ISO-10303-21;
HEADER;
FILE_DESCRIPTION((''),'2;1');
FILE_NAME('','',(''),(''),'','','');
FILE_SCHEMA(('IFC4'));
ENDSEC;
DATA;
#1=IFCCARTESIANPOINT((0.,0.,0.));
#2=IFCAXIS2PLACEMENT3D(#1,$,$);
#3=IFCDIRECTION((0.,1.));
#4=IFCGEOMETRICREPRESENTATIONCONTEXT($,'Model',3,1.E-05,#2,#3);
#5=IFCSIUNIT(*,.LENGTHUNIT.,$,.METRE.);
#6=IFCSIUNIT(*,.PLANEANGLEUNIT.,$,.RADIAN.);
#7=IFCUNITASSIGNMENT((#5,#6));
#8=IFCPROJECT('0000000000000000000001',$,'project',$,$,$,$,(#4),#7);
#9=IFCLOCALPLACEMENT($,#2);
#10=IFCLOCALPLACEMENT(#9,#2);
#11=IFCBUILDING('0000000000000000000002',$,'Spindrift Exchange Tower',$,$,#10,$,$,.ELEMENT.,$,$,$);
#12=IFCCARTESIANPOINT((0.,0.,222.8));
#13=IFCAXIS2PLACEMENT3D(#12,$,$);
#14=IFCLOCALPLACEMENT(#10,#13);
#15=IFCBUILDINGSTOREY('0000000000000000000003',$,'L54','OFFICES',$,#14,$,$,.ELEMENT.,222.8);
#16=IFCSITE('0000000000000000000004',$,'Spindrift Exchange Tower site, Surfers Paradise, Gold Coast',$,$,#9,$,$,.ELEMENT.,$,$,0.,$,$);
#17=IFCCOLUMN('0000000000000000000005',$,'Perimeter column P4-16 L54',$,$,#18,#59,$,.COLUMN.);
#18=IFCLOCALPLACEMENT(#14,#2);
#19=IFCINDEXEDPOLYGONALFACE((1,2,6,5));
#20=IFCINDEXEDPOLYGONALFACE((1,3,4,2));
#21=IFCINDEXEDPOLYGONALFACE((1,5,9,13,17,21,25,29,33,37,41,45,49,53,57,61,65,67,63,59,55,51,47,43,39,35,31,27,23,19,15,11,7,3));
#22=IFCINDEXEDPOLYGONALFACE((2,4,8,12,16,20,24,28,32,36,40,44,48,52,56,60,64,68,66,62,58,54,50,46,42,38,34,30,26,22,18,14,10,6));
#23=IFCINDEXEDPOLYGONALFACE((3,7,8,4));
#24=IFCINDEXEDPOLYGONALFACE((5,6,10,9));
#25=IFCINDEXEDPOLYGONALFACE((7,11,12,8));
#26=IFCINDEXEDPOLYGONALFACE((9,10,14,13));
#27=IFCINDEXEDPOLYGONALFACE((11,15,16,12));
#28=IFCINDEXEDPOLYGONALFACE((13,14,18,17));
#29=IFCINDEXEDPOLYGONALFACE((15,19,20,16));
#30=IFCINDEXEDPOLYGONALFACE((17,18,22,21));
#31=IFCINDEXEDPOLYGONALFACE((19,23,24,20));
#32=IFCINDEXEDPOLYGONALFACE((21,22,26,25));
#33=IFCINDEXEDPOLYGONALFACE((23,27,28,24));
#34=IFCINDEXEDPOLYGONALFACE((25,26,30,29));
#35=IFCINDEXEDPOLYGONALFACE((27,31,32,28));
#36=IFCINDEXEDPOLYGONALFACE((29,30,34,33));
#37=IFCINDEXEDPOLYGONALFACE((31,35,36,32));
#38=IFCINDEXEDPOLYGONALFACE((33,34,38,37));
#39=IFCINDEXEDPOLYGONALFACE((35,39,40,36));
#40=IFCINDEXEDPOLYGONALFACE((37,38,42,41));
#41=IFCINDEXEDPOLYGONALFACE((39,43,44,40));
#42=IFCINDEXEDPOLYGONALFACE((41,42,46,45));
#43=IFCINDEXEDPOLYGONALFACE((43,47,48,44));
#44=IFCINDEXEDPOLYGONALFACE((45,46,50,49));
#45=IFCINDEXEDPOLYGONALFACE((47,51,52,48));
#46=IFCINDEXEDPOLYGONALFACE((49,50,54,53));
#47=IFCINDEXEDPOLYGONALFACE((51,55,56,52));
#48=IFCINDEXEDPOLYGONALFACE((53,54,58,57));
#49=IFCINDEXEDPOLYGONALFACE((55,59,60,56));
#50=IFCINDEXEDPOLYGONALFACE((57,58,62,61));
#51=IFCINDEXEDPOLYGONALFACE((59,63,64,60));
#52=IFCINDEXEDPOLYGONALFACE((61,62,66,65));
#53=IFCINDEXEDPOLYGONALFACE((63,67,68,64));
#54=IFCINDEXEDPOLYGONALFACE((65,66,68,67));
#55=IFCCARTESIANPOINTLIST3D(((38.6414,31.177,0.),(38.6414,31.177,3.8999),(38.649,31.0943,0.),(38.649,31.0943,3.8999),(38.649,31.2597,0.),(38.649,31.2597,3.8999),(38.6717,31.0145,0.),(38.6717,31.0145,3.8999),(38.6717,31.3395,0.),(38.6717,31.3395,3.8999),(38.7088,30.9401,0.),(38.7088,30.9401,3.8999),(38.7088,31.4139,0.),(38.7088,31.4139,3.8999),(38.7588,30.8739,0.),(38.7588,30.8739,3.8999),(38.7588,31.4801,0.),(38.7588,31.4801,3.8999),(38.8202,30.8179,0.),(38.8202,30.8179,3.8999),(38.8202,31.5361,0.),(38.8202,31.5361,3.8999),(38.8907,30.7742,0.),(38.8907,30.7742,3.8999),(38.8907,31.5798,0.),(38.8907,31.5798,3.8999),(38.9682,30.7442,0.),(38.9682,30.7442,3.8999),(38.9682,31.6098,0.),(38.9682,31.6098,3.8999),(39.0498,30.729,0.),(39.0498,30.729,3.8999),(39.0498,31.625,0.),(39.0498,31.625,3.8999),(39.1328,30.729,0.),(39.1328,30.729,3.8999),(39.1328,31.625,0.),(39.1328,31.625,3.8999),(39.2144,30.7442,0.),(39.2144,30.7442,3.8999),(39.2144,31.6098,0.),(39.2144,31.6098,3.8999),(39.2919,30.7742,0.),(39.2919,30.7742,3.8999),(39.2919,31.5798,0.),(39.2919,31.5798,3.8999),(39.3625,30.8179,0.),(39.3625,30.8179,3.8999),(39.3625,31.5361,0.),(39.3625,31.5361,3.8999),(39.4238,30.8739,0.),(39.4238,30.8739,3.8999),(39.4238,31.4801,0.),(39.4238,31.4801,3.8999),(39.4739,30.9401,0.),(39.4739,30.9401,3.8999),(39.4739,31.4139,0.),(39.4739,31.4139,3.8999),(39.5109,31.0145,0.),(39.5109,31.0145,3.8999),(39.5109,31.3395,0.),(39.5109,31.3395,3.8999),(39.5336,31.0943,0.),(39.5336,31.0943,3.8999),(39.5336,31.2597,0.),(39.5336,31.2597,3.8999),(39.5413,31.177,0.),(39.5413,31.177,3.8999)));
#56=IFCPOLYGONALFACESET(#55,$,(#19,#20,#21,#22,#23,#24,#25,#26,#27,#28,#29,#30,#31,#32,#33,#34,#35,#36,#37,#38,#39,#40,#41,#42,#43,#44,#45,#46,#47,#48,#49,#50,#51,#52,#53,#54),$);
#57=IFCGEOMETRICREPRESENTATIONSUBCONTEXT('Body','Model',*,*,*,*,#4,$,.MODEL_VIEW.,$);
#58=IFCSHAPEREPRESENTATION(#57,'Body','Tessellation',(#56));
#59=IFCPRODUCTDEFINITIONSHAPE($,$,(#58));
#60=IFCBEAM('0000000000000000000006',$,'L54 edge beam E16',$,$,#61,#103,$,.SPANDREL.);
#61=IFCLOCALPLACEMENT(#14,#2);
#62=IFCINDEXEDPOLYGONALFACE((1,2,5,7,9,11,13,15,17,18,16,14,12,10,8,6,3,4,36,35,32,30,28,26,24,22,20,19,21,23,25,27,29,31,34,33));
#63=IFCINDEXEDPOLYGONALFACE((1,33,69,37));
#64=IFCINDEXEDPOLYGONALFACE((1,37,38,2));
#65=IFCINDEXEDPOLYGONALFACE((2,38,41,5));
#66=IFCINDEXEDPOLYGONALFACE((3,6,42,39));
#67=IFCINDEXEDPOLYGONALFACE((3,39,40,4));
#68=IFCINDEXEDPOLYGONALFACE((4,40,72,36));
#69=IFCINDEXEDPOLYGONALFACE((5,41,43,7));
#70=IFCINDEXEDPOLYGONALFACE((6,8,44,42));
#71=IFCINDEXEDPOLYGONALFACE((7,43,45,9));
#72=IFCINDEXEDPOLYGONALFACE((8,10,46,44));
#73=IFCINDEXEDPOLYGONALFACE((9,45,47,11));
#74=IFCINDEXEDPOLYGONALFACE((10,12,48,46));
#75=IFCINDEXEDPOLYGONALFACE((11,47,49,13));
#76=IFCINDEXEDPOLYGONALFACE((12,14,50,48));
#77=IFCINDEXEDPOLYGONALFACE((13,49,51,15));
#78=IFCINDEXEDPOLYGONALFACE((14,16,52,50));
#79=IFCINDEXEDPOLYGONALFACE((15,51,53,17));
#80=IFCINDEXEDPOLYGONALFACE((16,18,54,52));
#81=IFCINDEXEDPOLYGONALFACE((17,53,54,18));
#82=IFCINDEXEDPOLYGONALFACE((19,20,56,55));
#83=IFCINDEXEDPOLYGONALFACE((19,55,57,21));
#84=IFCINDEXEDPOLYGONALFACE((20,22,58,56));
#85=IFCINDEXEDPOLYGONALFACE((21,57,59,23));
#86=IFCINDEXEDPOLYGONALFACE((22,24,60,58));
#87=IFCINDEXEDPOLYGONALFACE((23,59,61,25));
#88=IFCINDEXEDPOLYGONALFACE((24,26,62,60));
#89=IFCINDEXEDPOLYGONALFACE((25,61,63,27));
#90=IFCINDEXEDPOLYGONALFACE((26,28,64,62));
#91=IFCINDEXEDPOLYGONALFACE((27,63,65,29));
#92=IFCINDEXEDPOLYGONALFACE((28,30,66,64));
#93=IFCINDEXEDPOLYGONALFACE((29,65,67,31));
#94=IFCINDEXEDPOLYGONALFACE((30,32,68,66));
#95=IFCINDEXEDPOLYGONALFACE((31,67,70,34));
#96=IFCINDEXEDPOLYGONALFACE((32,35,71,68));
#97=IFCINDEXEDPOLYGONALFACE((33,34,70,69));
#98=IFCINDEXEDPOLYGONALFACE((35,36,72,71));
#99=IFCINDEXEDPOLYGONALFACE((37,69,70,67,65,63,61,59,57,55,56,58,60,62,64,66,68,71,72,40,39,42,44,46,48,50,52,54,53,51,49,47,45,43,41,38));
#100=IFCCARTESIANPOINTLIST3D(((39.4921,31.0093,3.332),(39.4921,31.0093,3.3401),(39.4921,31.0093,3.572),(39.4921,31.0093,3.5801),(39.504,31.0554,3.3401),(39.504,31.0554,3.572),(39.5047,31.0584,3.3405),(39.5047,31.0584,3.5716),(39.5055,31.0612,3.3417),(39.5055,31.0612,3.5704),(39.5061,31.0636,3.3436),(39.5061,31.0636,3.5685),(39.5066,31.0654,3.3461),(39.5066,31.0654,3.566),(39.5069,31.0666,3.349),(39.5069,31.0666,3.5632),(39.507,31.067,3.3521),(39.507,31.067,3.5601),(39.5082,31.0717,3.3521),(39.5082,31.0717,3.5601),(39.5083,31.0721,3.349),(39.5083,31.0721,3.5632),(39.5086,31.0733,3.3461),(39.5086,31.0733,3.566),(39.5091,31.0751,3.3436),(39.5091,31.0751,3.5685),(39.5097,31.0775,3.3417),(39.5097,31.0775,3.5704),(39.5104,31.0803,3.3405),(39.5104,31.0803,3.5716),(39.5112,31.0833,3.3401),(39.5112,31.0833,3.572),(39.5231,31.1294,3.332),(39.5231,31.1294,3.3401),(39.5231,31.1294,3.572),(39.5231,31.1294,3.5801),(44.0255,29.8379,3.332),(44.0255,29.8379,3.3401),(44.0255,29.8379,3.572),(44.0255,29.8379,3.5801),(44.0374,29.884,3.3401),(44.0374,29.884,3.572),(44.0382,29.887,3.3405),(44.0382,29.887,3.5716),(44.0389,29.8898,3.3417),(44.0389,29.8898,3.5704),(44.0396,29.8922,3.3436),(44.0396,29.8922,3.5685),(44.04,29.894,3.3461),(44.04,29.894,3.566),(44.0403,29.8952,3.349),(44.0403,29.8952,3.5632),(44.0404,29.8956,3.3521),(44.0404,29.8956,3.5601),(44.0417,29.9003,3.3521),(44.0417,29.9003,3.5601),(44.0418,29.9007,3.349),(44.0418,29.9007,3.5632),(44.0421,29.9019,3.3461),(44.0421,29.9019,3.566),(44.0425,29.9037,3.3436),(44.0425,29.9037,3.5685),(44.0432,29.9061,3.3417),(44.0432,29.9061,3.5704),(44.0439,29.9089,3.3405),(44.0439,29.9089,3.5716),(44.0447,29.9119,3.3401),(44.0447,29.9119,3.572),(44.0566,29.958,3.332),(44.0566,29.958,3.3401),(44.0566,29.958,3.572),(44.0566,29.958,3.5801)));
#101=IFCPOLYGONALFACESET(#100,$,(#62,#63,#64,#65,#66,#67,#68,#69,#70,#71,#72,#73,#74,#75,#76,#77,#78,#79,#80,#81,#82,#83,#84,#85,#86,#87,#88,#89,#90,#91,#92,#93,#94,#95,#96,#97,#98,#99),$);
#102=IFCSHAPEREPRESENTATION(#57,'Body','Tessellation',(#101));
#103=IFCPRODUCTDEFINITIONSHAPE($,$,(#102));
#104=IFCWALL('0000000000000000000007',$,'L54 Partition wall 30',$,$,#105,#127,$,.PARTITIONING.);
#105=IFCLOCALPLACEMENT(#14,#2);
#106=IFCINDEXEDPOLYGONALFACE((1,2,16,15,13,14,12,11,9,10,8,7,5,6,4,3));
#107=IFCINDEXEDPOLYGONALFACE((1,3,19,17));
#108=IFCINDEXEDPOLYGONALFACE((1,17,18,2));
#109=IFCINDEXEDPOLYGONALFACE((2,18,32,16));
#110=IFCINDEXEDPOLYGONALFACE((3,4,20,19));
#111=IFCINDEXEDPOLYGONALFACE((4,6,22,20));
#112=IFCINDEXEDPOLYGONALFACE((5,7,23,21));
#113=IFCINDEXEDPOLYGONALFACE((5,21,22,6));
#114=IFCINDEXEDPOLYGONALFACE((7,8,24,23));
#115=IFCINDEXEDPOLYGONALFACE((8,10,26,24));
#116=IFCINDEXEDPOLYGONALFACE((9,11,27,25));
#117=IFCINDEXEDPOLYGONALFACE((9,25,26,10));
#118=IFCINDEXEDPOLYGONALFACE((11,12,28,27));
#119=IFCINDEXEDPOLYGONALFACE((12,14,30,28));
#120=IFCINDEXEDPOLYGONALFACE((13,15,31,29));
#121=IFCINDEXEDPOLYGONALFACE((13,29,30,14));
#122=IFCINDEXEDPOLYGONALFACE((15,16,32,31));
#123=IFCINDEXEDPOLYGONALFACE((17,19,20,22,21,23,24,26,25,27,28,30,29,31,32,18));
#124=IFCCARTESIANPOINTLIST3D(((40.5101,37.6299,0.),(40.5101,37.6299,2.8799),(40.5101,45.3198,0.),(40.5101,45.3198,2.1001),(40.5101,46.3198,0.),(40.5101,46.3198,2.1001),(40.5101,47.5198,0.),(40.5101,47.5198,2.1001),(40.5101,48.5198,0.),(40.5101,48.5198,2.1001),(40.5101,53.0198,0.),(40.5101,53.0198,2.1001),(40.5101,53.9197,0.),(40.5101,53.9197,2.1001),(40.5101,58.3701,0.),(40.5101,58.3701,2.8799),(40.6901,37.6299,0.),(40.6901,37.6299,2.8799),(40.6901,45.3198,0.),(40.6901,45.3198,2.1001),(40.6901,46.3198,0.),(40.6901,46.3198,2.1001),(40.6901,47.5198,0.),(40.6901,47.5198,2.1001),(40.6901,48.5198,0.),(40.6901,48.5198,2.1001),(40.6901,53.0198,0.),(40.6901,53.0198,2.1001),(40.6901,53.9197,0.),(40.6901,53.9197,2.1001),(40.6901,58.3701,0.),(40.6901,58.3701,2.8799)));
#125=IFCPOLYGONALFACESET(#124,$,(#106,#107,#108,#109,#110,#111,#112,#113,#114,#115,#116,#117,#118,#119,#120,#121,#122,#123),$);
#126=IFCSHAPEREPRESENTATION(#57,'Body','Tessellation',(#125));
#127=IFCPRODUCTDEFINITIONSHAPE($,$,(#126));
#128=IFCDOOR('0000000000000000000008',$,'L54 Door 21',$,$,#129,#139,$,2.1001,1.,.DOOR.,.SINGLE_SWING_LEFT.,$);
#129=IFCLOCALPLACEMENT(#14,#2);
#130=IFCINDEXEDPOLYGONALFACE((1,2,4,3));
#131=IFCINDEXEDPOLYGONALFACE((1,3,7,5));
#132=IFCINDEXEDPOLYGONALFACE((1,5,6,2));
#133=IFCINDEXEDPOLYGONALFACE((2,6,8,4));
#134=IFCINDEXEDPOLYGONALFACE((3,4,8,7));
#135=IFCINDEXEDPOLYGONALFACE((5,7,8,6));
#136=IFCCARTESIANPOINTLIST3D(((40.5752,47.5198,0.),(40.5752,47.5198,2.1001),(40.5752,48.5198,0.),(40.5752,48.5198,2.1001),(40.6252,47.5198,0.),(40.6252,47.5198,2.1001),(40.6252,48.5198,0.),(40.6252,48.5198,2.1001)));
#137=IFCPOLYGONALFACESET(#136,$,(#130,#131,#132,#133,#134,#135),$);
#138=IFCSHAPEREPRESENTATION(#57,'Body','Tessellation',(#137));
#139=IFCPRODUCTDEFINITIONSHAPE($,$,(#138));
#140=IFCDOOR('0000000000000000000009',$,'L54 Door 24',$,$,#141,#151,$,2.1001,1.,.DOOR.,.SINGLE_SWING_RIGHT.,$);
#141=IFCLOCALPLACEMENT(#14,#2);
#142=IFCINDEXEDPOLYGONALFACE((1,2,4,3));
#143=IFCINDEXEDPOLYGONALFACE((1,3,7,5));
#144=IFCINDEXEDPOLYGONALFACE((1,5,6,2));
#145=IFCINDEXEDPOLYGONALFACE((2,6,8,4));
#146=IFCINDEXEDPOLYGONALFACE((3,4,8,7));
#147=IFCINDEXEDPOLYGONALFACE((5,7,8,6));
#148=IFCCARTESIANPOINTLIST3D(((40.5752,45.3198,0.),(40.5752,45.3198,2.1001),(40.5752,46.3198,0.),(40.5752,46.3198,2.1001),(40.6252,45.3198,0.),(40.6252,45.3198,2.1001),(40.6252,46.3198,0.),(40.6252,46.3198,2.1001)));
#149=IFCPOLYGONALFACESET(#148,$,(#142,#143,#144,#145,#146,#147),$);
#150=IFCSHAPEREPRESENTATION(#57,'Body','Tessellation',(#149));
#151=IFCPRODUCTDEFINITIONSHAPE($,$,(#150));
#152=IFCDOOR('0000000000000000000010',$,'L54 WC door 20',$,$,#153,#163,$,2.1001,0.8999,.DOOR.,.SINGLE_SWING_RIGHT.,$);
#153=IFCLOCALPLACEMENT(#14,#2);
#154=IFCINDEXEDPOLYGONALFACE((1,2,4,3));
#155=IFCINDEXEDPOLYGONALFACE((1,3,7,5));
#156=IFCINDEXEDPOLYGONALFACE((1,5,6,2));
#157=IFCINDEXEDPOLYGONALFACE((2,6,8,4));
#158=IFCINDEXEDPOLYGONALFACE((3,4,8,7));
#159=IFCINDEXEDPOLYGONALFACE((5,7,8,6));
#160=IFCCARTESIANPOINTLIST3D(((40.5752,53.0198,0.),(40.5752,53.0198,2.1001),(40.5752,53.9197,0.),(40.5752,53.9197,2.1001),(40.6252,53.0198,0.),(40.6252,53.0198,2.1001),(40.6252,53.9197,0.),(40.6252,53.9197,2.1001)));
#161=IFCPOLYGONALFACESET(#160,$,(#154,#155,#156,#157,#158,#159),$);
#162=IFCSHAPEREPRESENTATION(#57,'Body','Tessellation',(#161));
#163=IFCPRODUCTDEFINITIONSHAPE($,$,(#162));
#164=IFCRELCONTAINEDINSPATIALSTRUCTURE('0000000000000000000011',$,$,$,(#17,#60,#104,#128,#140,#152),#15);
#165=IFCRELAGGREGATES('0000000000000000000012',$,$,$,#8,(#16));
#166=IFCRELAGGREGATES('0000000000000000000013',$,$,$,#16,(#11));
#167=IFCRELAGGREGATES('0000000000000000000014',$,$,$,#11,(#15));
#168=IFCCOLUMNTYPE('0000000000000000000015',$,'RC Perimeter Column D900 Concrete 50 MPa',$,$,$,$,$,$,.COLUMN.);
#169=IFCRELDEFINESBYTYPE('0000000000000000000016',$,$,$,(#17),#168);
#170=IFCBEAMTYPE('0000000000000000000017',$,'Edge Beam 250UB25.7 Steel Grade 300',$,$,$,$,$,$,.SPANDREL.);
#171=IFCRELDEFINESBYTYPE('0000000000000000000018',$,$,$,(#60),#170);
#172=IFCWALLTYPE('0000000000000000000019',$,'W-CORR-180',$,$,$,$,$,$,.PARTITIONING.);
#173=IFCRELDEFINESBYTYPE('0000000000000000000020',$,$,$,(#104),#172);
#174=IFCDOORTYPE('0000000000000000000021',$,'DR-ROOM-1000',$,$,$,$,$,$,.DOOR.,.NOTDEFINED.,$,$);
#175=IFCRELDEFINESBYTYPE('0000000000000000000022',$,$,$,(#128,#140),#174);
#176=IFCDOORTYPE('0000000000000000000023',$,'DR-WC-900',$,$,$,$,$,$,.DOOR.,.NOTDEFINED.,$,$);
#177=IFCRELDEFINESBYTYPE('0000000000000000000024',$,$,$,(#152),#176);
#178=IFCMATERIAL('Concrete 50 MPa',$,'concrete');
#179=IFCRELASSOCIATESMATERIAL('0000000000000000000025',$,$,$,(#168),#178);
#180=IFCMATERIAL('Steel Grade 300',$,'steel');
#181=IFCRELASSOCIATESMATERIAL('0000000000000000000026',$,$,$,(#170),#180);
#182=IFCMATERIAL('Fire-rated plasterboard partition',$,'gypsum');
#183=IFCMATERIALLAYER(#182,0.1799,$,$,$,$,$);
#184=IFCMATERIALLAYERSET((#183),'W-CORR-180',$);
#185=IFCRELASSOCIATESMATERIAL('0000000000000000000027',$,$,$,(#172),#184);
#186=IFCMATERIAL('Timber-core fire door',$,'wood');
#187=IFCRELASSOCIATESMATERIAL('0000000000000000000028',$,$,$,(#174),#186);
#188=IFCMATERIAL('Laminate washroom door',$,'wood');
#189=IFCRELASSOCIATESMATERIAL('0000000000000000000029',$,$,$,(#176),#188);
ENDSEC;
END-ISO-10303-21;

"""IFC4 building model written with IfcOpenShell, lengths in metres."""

from ifc_helpers import new_model, si_unit, direction, frame, frame_2d, origin, origin_2d, place, context, subcontext, project, spatial, rectangle, circle, i_section, extrude, source, transform, mapped, material, layer, layer_set, material_profile, profile_set, type_object, element, fill, save


model = new_model("IFC4")

# Units and contexts
model_context = context("Model", 3, precision=1e-05, world=origin(), true_north=direction((0.0, 1.0)))
body_context = subcontext(model_context, "Body", "Model", "MODEL_VIEW")
ifc_project = project(units=[si_unit("LENGTHUNIT", "METRE"), si_unit("PLANEANGLEUNIT", "RADIAN")], contexts=[model_context])

# Site, building, storey
site_placement = place(None, origin())
site = spatial("IfcSite", under=ifc_project, at=site_placement, Name="Spindrift Exchange Tower site, Surfers Paradise, Gold Coast", CompositionType="ELEMENT", RefElevation=0.0)
building_placement = place(site_placement, origin())
building = spatial("IfcBuilding", under=site, at=building_placement, Name="Spindrift Exchange Tower", CompositionType="ELEMENT")
storey_placement = place(building_placement, frame((0.0, 0.0, 222.8)))
storey = spatial("IfcBuildingStorey", under=building, at=storey_placement, Name="L54", Description="OFFICES", CompositionType="ELEMENT", Elevation=222.8)

# Column
ifc_material_1 = material(Name="Concrete 50 MPa", Category="concrete")
ifc_material_profile_1 = material_profile(ifc_material_1, circle(Radius=0.45, at=origin_2d()), Name="RC D900")
ifc_profile_set_1 = profile_set([ifc_material_profile_1], Name="Concrete 50 MPa")
column_type = type_object("IfcColumnType", Name="RC Perimeter Column D900 Concrete 50 MPa", PredefinedType="COLUMN", material=ifc_profile_set_1)
shared_shape_1 = source(origin(), body_context, "Body", "SweptSolid", [
    extrude(circle(Radius=0.45, at=origin_2d()), origin(), (0.0, 0.0, 1.0), 3.8999),
])
column_placement = place(storey_placement, frame((39.0913, 31.177, 0.0), z_axis=(0.0, 0.0, 1.0), x_axis=(1.0, 0.0, 0.0)))
element("IfcColumn", 1, at=column_placement, inside=storey, type_object=column_type, Name="Perimeter column P4-16 L54", PredefinedType="COLUMN", context=body_context, shape_type="MappedRepresentation", body=[
    mapped(shared_shape_1, transform((0.0, 0.0, 0.0), scale=1.0)),
])

# Beam
ifc_material_2 = material(Name="Steel Grade 300", Category="steel")
ifc_material_profile_2 = material_profile(ifc_material_2, i_section(OverallWidth=0.124, OverallDepth=0.248, WebThickness=0.0049, FlangeThickness=0.0081, FilletRadius=0.012, at=origin_2d()), Name="250UB25.7")
ifc_profile_set_2 = profile_set([ifc_material_profile_2], Name="Steel Grade 300")
beam_type = type_object("IfcBeamType", Name="Edge Beam 250UB25.7 Steel Grade 300", PredefinedType="SPANDREL", material=ifc_profile_set_2)
shared_shape_2 = source(origin(), body_context, "Body", "SweptSolid", [
    extrude(i_section(OverallWidth=0.124, OverallDepth=0.248, WebThickness=0.0049, FlangeThickness=0.0081, FilletRadius=0.012, at=origin_2d()), origin(), (0.0, 0.0, 1.0), 4.6824),
])
beam_placement = place(storey_placement, frame((39.5076, 31.0693, 3.4561), z_axis=(0.968202, -0.250171, 0.0), x_axis=(0.250171, 0.968202, 0.0)))
element("IfcBeam", 2, at=beam_placement, inside=storey, type_object=beam_type, Name="L54 edge beam E16", PredefinedType="SPANDREL", context=body_context, shape_type="MappedRepresentation", body=[
    mapped(shared_shape_2, transform((0.0, 0.0, 0.0), scale=1.0)),
])

# Wall, openings, doors
ifc_material_3 = material(Name="Fire-rated plasterboard partition", Category="gypsum")
ifc_layer_1 = layer(ifc_material_3, 0.1799)
ifc_layer_set_1 = layer_set([ifc_layer_1], Name="W-CORR-180")
wall_type_1 = type_object("IfcWallType", Name="W-CORR-180", PredefinedType="PARTITIONING", material=ifc_layer_set_1)
wall_1_placement = place(storey_placement, frame((40.6001, 37.6299, 0.0), z_axis=(0.0, 0.0, 1.0), x_axis=(0.0, 1.0, 0.0)))
wall_1 = element("IfcWall", 3, at=wall_1_placement, inside=storey, type_object=wall_type_1, Name="L54 Partition wall 30", PredefinedType="PARTITIONING", context=body_context, shape_type="SweptSolid", body=[
    extrude(rectangle(XDim=20.7402, YDim=0.1799, at=frame_2d((10.3701, 0.0))), origin(), (0.0, 0.0, 1.0), 2.8799),
])
opening_1_placement = place(wall_1_placement, frame((15.3899, 0.0, 0.0)))
opening_1 = element("IfcOpeningElement", 4, at=opening_1_placement, cuts=wall_1, PredefinedType="OPENING", context=body_context, shape_type="SweptSolid", body=[
    extrude(rectangle(XDim=0.8999, YDim=2.1001, at=frame_2d((0.45, 1.05))), frame((0.0, 0.0999, 0.0), z_axis=(0.0, -1.0, 0.0), x_axis=(1.0, 0.0, 0.0)), (0.0, 0.0, 1.0), 0.2),
])
opening_2_placement = place(wall_1_placement, frame((9.8899, 0.0, 0.0)))
opening_2 = element("IfcOpeningElement", 5, at=opening_2_placement, cuts=wall_1, PredefinedType="OPENING", context=body_context, shape_type="SweptSolid", body=[
    extrude(rectangle(XDim=1.0, YDim=2.1001, at=frame_2d((0.5, 1.05))), frame((0.0, 0.0999, 0.0), z_axis=(0.0, -1.0, 0.0), x_axis=(1.0, 0.0, 0.0)), (0.0, 0.0, 1.0), 0.2),
])
opening_3_placement = place(wall_1_placement, frame((7.6899, 0.0, 0.0)))
opening_3 = element("IfcOpeningElement", 6, at=opening_3_placement, cuts=wall_1, PredefinedType="OPENING", context=body_context, shape_type="SweptSolid", body=[
    extrude(rectangle(XDim=1.0, YDim=2.1001, at=frame_2d((0.5, 1.05))), frame((0.0, 0.0999, 0.0), z_axis=(0.0, -1.0, 0.0), x_axis=(1.0, 0.0, 0.0)), (0.0, 0.0, 1.0), 0.2),
])
ifc_material_4 = material(Name="Timber-core fire door", Category="wood")
door_type_1 = type_object("IfcDoorType", Name="DR-ROOM-1000", OperationType="NOTDEFINED", PredefinedType="DOOR", material=ifc_material_4)
shared_shape_3 = source(origin(), body_context, "Body", "SweptSolid", [
    extrude(rectangle(XDim=1.0, YDim=2.1001, at=frame_2d((0.5, 1.05))), frame((0.0, 0.0249, 0.0), z_axis=(0.0, -1.0, 0.0), x_axis=(1.0, 0.0, 0.0)), (0.0, 0.0, 1.0), 0.05),
])
door_1_placement = place(opening_2_placement, origin())
door_1 = element("IfcDoor", 7, at=door_1_placement, inside=storey, type_object=door_type_1, Name="L54 Door 21", OperationType="SINGLE_SWING_LEFT", OverallHeight=2.1001, OverallWidth=1.0, PredefinedType="DOOR", context=body_context, shape_type="MappedRepresentation", body=[
    mapped(shared_shape_3, transform((0.0, 0.0, 0.0), scale=1.0)),
])
fill(opening_2, door_1)
door_2_placement = place(opening_3_placement, origin())
door_2 = element("IfcDoor", 8, at=door_2_placement, inside=storey, type_object=door_type_1, Name="L54 Door 24", OperationType="SINGLE_SWING_RIGHT", OverallHeight=2.1001, OverallWidth=1.0, PredefinedType="DOOR", context=body_context, shape_type="MappedRepresentation", body=[
    mapped(shared_shape_3, transform((0.0, 0.0, 0.0), scale=1.0)),
])
fill(opening_3, door_2)
ifc_material_5 = material(Name="Laminate washroom door", Category="wood")
door_type_2 = type_object("IfcDoorType", Name="DR-WC-900", OperationType="NOTDEFINED", PredefinedType="DOOR", material=ifc_material_5)
shared_shape_4 = source(origin(), body_context, "Body", "SweptSolid", [
    extrude(rectangle(XDim=0.8999, YDim=2.1001, at=frame_2d((0.45, 1.05))), frame((0.0, 0.0249, 0.0), z_axis=(0.0, -1.0, 0.0), x_axis=(1.0, 0.0, 0.0)), (0.0, 0.0, 1.0), 0.05),
])
door_3_placement = place(opening_1_placement, origin())
door_3 = element("IfcDoor", 9, at=door_3_placement, inside=storey, type_object=door_type_2, Name="L54 WC door 20", OperationType="SINGLE_SWING_RIGHT", OverallHeight=2.1001, OverallWidth=0.8999, PredefinedType="DOOR", context=body_context, shape_type="MappedRepresentation", body=[
    mapped(shared_shape_4, transform((0.0, 0.0, 0.0), scale=1.0)),
])
fill(opening_1, door_3)

save(model, "model.ifc")
